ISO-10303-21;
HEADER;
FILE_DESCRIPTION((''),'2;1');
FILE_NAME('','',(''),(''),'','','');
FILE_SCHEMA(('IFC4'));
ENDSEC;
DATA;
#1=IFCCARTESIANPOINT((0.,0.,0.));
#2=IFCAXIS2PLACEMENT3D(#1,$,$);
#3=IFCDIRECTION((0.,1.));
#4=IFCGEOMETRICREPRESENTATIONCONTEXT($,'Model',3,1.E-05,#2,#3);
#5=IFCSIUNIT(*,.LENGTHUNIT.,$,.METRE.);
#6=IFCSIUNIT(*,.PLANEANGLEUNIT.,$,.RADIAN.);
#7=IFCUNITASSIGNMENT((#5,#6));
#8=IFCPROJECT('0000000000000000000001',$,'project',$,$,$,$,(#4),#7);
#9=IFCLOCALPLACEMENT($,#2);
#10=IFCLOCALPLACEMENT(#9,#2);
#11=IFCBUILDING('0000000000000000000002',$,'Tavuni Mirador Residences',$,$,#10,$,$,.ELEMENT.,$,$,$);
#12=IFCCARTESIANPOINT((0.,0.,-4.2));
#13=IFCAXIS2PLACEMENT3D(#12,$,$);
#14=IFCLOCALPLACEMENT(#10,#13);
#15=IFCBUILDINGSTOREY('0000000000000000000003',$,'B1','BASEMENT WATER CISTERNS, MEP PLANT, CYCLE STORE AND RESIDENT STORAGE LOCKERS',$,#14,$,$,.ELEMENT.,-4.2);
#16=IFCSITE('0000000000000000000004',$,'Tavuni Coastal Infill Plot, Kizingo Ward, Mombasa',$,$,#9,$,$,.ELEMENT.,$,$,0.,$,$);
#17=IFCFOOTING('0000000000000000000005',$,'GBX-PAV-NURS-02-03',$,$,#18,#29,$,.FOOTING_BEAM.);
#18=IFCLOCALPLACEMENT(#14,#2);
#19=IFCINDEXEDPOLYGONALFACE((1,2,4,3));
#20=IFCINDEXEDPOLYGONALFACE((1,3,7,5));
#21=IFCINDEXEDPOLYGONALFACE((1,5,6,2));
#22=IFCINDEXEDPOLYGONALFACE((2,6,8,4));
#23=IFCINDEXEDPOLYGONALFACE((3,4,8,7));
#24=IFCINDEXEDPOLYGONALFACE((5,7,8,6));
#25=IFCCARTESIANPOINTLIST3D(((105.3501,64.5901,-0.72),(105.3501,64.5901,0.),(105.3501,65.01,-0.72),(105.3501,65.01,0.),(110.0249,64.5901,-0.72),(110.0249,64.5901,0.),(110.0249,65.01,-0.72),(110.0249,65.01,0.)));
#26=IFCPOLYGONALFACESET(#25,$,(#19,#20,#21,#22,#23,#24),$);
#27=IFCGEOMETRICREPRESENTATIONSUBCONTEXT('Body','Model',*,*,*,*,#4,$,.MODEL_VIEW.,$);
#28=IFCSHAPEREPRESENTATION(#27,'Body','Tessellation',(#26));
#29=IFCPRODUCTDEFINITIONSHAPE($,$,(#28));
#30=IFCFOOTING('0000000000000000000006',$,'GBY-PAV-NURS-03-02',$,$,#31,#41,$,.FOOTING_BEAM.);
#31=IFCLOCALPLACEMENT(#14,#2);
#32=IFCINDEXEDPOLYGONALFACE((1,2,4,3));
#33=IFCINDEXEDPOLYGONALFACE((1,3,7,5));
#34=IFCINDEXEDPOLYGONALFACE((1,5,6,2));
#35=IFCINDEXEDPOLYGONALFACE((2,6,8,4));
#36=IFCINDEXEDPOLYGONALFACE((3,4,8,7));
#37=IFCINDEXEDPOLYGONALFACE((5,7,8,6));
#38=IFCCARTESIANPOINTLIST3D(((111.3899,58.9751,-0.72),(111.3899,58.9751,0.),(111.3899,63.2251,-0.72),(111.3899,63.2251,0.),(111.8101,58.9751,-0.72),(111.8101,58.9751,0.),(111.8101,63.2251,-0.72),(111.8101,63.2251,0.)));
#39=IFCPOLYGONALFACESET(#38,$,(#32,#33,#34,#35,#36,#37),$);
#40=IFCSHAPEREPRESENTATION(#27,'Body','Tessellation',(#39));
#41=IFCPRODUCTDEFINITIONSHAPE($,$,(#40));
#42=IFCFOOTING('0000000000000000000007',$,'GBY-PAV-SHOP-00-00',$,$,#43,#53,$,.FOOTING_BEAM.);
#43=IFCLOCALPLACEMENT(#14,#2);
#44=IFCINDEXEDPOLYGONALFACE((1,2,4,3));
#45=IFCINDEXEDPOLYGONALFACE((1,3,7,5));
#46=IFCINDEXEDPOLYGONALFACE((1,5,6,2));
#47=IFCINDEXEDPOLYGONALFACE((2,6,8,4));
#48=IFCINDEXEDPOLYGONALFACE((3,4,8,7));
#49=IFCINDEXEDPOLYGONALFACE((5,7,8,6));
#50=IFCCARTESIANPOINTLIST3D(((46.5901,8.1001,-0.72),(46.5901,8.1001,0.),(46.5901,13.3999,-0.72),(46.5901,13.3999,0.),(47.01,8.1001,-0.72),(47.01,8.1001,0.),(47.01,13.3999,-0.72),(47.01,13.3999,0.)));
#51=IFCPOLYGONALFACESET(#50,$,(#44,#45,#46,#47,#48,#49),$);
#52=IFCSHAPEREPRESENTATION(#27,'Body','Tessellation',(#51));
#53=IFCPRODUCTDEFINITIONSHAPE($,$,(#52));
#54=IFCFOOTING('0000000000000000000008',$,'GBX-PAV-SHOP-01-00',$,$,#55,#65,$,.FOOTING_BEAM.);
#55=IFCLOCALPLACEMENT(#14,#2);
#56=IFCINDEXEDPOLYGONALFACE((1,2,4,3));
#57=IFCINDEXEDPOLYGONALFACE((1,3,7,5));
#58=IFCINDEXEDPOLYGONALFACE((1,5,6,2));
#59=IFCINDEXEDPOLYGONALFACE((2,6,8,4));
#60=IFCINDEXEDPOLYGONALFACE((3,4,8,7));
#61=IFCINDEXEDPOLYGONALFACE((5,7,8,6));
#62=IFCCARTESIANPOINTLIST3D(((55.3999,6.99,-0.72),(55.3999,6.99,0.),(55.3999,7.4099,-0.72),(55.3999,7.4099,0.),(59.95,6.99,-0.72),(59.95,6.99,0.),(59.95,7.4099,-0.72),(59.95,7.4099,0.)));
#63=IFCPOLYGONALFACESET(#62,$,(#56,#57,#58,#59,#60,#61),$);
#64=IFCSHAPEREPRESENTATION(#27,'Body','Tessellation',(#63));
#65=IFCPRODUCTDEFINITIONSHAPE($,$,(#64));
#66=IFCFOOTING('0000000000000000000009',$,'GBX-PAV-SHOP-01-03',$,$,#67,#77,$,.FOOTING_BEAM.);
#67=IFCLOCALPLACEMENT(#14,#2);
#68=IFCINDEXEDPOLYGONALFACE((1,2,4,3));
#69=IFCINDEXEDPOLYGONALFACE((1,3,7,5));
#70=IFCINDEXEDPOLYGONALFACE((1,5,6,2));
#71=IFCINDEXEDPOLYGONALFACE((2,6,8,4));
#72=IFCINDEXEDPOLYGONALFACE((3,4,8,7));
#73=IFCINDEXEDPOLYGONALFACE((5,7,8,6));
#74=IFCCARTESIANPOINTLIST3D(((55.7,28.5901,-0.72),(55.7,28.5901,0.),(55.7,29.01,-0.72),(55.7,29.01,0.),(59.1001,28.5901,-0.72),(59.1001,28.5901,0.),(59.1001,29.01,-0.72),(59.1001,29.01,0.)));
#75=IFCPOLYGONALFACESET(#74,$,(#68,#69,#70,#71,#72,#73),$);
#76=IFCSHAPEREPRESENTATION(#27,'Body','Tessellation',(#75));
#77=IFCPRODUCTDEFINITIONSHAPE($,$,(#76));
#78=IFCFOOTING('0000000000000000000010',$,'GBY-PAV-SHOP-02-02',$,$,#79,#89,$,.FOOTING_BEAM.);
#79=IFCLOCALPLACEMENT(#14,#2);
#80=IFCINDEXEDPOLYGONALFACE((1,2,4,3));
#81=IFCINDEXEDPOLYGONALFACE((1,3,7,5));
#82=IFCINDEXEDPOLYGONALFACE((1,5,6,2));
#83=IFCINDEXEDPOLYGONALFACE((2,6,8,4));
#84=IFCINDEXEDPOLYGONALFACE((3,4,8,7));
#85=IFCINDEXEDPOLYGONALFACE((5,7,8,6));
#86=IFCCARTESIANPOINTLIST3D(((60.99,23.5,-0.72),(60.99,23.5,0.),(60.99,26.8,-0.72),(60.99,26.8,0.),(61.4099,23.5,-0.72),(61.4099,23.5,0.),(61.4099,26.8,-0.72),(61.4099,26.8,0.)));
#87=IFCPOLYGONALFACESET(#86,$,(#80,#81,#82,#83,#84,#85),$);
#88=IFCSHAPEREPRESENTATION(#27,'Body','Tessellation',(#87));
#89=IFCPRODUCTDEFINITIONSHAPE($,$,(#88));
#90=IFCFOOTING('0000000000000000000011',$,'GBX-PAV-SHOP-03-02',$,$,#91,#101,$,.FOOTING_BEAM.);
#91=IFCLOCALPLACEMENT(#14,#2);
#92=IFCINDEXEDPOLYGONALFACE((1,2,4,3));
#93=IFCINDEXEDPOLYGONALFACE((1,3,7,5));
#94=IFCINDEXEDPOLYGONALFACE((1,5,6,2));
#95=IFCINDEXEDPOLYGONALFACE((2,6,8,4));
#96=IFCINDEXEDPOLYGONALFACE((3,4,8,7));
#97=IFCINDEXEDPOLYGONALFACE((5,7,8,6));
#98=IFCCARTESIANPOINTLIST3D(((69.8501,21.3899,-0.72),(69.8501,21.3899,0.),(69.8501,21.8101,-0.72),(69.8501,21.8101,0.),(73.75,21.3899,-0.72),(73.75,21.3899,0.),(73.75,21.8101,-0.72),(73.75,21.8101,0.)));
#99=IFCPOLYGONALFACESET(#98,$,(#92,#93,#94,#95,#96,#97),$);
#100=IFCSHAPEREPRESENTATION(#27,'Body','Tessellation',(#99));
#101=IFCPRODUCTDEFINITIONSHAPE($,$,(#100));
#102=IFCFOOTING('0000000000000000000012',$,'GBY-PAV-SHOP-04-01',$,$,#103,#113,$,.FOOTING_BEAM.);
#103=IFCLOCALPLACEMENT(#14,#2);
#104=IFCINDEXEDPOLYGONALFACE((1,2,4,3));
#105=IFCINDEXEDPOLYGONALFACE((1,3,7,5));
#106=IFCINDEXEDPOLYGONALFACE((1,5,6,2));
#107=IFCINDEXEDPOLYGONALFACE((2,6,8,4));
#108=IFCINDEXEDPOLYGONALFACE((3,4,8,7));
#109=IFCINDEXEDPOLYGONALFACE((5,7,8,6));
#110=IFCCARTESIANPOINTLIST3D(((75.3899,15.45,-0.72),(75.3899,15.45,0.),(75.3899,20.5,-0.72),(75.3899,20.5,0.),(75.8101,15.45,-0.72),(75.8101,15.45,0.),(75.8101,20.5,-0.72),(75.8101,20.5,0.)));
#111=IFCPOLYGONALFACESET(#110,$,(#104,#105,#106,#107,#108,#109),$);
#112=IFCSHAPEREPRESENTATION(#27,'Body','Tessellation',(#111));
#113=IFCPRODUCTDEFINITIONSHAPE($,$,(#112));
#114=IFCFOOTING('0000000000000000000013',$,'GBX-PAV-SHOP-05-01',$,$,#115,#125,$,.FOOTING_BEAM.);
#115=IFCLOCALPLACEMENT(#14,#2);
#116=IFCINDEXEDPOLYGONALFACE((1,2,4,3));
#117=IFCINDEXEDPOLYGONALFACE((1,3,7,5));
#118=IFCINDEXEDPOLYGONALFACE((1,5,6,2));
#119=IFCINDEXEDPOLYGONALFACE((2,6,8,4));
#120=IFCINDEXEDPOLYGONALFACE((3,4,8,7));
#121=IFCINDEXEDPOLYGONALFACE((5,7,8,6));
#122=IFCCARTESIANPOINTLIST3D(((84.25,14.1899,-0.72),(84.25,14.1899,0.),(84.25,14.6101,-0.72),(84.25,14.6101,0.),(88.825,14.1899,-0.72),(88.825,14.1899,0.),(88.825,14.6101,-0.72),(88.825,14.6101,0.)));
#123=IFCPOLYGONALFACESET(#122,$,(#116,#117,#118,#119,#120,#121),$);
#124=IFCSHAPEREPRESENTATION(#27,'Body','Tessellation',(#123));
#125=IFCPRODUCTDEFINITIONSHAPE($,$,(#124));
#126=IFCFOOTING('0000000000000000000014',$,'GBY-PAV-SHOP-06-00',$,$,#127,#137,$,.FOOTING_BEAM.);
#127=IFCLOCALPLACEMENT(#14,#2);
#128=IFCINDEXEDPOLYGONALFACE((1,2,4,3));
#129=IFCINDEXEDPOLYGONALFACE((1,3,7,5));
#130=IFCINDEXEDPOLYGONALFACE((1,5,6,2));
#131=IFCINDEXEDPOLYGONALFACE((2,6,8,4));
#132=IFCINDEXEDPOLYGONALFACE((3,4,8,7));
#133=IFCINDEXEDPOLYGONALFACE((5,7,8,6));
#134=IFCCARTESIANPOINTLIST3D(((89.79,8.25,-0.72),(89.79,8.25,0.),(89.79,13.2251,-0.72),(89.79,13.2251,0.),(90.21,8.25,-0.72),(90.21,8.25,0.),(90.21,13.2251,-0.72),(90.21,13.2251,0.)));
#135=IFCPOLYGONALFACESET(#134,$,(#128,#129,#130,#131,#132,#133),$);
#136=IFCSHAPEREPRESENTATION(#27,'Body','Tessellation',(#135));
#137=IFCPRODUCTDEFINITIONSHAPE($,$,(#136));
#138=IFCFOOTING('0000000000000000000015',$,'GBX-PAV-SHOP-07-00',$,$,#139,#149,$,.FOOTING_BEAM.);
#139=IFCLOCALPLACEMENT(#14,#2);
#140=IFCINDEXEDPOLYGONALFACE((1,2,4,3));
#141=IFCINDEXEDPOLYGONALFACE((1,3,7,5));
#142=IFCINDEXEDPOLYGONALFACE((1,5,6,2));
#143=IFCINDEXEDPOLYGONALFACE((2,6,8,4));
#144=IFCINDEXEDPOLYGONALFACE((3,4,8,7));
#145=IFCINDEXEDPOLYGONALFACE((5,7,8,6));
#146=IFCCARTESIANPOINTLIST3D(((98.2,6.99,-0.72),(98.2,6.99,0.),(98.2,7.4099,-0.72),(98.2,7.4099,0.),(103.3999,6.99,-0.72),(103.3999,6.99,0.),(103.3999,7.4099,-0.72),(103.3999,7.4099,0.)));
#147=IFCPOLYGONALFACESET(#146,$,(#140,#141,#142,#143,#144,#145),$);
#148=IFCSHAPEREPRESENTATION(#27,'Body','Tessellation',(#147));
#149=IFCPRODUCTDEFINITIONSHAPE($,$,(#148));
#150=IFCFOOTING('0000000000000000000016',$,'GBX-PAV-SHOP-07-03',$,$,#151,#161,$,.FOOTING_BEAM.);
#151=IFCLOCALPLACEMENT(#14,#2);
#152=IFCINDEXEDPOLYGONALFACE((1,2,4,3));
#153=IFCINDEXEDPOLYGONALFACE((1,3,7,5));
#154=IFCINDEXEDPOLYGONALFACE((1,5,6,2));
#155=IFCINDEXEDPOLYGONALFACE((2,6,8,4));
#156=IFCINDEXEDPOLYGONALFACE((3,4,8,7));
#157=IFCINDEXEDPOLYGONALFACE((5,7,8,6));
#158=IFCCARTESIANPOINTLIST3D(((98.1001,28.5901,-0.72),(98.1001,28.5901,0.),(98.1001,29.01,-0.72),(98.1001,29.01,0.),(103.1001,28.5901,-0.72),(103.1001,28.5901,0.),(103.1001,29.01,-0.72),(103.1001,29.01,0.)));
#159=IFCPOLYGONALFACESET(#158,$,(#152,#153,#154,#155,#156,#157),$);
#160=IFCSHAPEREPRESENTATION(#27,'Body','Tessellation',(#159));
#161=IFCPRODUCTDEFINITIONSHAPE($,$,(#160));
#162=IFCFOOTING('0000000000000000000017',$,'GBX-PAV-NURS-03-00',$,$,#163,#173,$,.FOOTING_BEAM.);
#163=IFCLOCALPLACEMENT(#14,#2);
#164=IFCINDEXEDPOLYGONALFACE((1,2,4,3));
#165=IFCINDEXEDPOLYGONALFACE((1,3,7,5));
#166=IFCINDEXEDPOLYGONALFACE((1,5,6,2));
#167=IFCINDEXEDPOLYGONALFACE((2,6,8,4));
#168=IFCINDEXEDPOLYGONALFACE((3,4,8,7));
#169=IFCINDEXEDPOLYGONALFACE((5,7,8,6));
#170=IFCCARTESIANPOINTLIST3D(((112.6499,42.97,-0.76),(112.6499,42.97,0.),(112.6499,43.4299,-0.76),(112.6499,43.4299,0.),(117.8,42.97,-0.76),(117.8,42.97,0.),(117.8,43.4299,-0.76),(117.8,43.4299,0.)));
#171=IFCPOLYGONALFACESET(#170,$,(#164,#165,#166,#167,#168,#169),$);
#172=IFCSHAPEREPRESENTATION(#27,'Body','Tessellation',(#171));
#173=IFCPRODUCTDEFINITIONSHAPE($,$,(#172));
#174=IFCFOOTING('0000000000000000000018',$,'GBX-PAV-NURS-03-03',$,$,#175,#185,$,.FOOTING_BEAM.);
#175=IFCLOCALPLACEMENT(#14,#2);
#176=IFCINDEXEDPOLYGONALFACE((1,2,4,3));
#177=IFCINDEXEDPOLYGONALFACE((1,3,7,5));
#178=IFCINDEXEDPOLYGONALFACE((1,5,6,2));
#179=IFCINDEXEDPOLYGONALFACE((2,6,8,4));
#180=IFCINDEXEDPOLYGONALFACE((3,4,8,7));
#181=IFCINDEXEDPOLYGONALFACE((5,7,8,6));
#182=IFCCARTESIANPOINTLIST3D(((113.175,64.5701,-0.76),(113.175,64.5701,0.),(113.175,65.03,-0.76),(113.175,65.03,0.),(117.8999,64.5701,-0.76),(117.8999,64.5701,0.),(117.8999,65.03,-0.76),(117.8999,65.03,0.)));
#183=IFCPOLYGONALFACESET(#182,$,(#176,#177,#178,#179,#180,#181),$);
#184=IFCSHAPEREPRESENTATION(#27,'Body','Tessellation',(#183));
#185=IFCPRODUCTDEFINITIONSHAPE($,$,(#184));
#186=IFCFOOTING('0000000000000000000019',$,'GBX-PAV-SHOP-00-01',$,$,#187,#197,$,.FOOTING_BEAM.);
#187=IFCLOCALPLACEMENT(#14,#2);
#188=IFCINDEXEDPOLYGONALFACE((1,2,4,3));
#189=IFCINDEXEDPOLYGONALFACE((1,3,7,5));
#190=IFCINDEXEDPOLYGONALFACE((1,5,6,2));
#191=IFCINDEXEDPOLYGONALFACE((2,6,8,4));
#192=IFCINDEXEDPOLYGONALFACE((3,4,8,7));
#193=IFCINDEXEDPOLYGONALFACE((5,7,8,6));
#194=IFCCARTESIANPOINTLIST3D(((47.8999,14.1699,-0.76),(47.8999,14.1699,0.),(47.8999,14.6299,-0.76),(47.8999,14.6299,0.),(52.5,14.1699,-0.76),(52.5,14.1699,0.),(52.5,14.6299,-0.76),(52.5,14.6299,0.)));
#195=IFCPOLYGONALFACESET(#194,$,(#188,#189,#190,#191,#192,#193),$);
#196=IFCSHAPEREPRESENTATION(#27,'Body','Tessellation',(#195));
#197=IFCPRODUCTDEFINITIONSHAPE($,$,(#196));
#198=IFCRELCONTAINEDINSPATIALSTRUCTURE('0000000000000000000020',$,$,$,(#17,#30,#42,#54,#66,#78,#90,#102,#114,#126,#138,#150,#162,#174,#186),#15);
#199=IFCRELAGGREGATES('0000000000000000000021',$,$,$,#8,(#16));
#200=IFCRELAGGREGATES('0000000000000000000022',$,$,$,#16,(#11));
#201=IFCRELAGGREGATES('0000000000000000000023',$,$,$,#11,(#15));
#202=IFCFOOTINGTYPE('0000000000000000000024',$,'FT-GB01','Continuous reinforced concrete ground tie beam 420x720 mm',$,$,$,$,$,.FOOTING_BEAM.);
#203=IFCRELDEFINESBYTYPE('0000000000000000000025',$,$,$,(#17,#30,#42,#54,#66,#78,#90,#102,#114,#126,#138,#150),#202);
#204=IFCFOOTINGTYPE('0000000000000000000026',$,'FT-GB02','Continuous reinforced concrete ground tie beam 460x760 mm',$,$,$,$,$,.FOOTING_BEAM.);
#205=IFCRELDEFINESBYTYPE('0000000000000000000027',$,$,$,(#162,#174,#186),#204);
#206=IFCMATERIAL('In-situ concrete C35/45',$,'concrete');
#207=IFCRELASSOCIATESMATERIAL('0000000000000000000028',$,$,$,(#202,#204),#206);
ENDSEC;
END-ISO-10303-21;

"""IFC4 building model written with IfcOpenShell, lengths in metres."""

from ifc_helpers import new_model, si_unit, direction, frame, origin, place, context, subcontext, project, spatial, polyline, outline, extrude, material, type_object, element, save


model = new_model("IFC4")

# Units and contexts
model_context = context("Model", 3, precision=1e-05, world=origin(), true_north=direction((0.0, 1.0)))
body_context = subcontext(model_context, "Body", "Model", "MODEL_VIEW")
ifc_project = project(units=[si_unit("LENGTHUNIT", "METRE"), si_unit("PLANEANGLEUNIT", "RADIAN")], contexts=[model_context])

# Site, building, storey
site_placement = place(None, origin())
site = spatial("IfcSite", under=ifc_project, at=site_placement, Name="Tavuni Coastal Infill Plot, Kizingo Ward, Mombasa", CompositionType="ELEMENT", RefElevation=0.0)
building_placement = place(site_placement, origin())
building = spatial("IfcBuilding", under=site, at=building_placement, Name="Tavuni Mirador Residences", CompositionType="ELEMENT")
storey_placement = place(building_placement, frame((0.0, 0.0, -4.2)))
storey = spatial("IfcBuildingStorey", under=building, at=storey_placement, Name="B1", Description="BASEMENT WATER CISTERNS, MEP PLANT, CYCLE STORE AND RESIDENT STORAGE LOCKERS", CompositionType="ELEMENT", Elevation=-4.2)

# Footings
ifc_material = material(Name="In-situ concrete C35/45", Category="concrete")
footing_type_1 = type_object("IfcFootingType", Name="FT-GB01", Description="Continuous reinforced concrete ground tie beam 420x720 mm", PredefinedType="FOOTING_BEAM", material=ifc_material)
footing_1_placement = place(storey_placement, frame((0.0, 0.0, -0.72)))
element("IfcFooting", 1, at=footing_1_placement, inside=storey, type_object=footing_type_1, Name="GBX-PAV-NURS-02-03", PredefinedType="FOOTING_BEAM", context=body_context, shape_type="SweptSolid", body=[
    extrude(outline(polyline([(105.3501, 64.5901), (110.0249, 64.5901), (110.0249, 65.01), (105.3501, 65.01), (105.3501, 64.5901)])), origin(), (0.0, 0.0, 1.0), 0.72),
])
footing_2_placement = place(storey_placement, frame((0.0, 0.0, -0.72)))
element("IfcFooting", 2, at=footing_2_placement, inside=storey, type_object=footing_type_1, Name="GBY-PAV-NURS-03-02", PredefinedType="FOOTING_BEAM", context=body_context, shape_type="SweptSolid", body=[
    extrude(outline(polyline([(111.3899, 58.9751), (111.8101, 58.9751), (111.8101, 63.2251), (111.3899, 63.2251), (111.3899, 58.9751)])), origin(), (0.0, 0.0, 1.0), 0.72),
])
footing_3_placement = place(storey_placement, frame((0.0, 0.0, -0.72)))
element("IfcFooting", 3, at=footing_3_placement, inside=storey, type_object=footing_type_1, Name="GBY-PAV-SHOP-00-00", PredefinedType="FOOTING_BEAM", context=body_context, shape_type="SweptSolid", body=[
    extrude(outline(polyline([(46.5901, 8.1001), (47.01, 8.1001), (47.01, 13.3999), (46.5901, 13.3999), (46.5901, 8.1001)])), origin(), (0.0, 0.0, 1.0), 0.72),
])
footing_4_placement = place(storey_placement, frame((0.0, 0.0, -0.72)))
element("IfcFooting", 4, at=footing_4_placement, inside=storey, type_object=footing_type_1, Name="GBX-PAV-SHOP-01-00", PredefinedType="FOOTING_BEAM", context=body_context, shape_type="SweptSolid", body=[
    extrude(outline(polyline([(55.3999, 6.99), (59.95, 6.99), (59.95, 7.4099), (55.3999, 7.4099), (55.3999, 6.99)])), origin(), (0.0, 0.0, 1.0), 0.72),
])
footing_5_placement = place(storey_placement, frame((0.0, 0.0, -0.72)))
element("IfcFooting", 5, at=footing_5_placement, inside=storey, type_object=footing_type_1, Name="GBX-PAV-SHOP-01-03", PredefinedType="FOOTING_BEAM", context=body_context, shape_type="SweptSolid", body=[
    extrude(outline(polyline([(55.7, 28.5901), (59.1001, 28.5901), (59.1001, 29.01), (55.7, 29.01), (55.7, 28.5901)])), origin(), (0.0, 0.0, 1.0), 0.72),
])
footing_6_placement = place(storey_placement, frame((0.0, 0.0, -0.72)))
element("IfcFooting", 6, at=footing_6_placement, inside=storey, type_object=footing_type_1, Name="GBY-PAV-SHOP-02-02", PredefinedType="FOOTING_BEAM", context=body_context, shape_type="SweptSolid", body=[
    extrude(outline(polyline([(60.99, 23.5), (61.4099, 23.5), (61.4099, 26.8), (60.99, 26.8), (60.99, 23.5)])), origin(), (0.0, 0.0, 1.0), 0.72),
])
footing_7_placement = place(storey_placement, frame((0.0, 0.0, -0.72)))
element("IfcFooting", 7, at=footing_7_placement, inside=storey, type_object=footing_type_1, Name="GBX-PAV-SHOP-03-02", PredefinedType="FOOTING_BEAM", context=body_context, shape_type="SweptSolid", body=[
    extrude(outline(polyline([(69.8501, 21.3899), (73.75, 21.3899), (73.75, 21.8101), (69.8501, 21.8101), (69.8501, 21.3899)])), origin(), (0.0, 0.0, 1.0), 0.72),
])
footing_8_placement = place(storey_placement, frame((0.0, 0.0, -0.72)))
element("IfcFooting", 8, at=footing_8_placement, inside=storey, type_object=footing_type_1, Name="GBY-PAV-SHOP-04-01", PredefinedType="FOOTING_BEAM", context=body_context, shape_type="SweptSolid", body=[
    extrude(outline(polyline([(75.3899, 15.45), (75.8101, 15.45), (75.8101, 20.5), (75.3899, 20.5), (75.3899, 15.45)])), origin(), (0.0, 0.0, 1.0), 0.72),
])
footing_9_placement = place(storey_placement, frame((0.0, 0.0, -0.72)))
element("IfcFooting", 9, at=footing_9_placement, inside=storey, type_object=footing_type_1, Name="GBX-PAV-SHOP-05-01", PredefinedType="FOOTING_BEAM", context=body_context, shape_type="SweptSolid", body=[
    extrude(outline(polyline([(84.25, 14.1899), (88.825, 14.1899), (88.825, 14.6101), (84.25, 14.6101), (84.25, 14.1899)])), origin(), (0.0, 0.0, 1.0), 0.72),
])
footing_10_placement = place(storey_placement, frame((0.0, 0.0, -0.72)))
element("IfcFooting", 10, at=footing_10_placement, inside=storey, type_object=footing_type_1, Name="GBY-PAV-SHOP-06-00", PredefinedType="FOOTING_BEAM", context=body_context, shape_type="SweptSolid", body=[
    extrude(outline(polyline([(89.79, 8.25), (90.21, 8.25), (90.21, 13.2251), (89.79, 13.2251), (89.79, 8.25)])), origin(), (0.0, 0.0, 1.0), 0.72),
])
footing_11_placement = place(storey_placement, frame((0.0, 0.0, -0.72)))
element("IfcFooting", 11, at=footing_11_placement, inside=storey, type_object=footing_type_1, Name="GBX-PAV-SHOP-07-00", PredefinedType="FOOTING_BEAM", context=body_context, shape_type="SweptSolid", body=[
    extrude(outline(polyline([(98.2, 6.99), (103.3999, 6.99), (103.3999, 7.4099), (98.2, 7.4099), (98.2, 6.99)])), origin(), (0.0, 0.0, 1.0), 0.72),
])
footing_12_placement = place(storey_placement, frame((0.0, 0.0, -0.72)))
element("IfcFooting", 12, at=footing_12_placement, inside=storey, type_object=footing_type_1, Name="GBX-PAV-SHOP-07-03", PredefinedType="FOOTING_BEAM", context=body_context, shape_type="SweptSolid", body=[
    extrude(outline(polyline([(98.1001, 28.5901), (103.1001, 28.5901), (103.1001, 29.01), (98.1001, 29.01), (98.1001, 28.5901)])), origin(), (0.0, 0.0, 1.0), 0.72),
])
footing_type_2 = type_object("IfcFootingType", Name="FT-GB02", Description="Continuous reinforced concrete ground tie beam 460x760 mm", PredefinedType="FOOTING_BEAM", material=ifc_material)
footing_13_placement = place(storey_placement, frame((0.0, 0.0, -0.76)))
element("IfcFooting", 13, at=footing_13_placement, inside=storey, type_object=footing_type_2, Name="GBX-PAV-NURS-03-00", PredefinedType="FOOTING_BEAM", context=body_context, shape_type="SweptSolid", body=[
    extrude(outline(polyline([(112.6499, 42.97), (117.8, 42.97), (117.8, 43.4299), (112.6499, 43.4299), (112.6499, 42.97)])), origin(), (0.0, 0.0, 1.0), 0.76),
])
footing_14_placement = place(storey_placement, frame((0.0, 0.0, -0.76)))
element("IfcFooting", 14, at=footing_14_placement, inside=storey, type_object=footing_type_2, Name="GBX-PAV-NURS-03-03", PredefinedType="FOOTING_BEAM", context=body_context, shape_type="SweptSolid", body=[
    extrude(outline(polyline([(113.175, 64.5701), (117.8999, 64.5701), (117.8999, 65.03), (113.175, 65.03), (113.175, 64.5701)])), origin(), (0.0, 0.0, 1.0), 0.76),
])
footing_15_placement = place(storey_placement, frame((0.0, 0.0, -0.76)))
element("IfcFooting", 15, at=footing_15_placement, inside=storey, type_object=footing_type_2, Name="GBX-PAV-SHOP-00-01", PredefinedType="FOOTING_BEAM", context=body_context, shape_type="SweptSolid", body=[
    extrude(outline(polyline([(47.8999, 14.1699), (52.5, 14.1699), (52.5, 14.6299), (47.8999, 14.6299), (47.8999, 14.1699)])), origin(), (0.0, 0.0, 1.0), 0.76),
])

save(model, "model.ifc")
